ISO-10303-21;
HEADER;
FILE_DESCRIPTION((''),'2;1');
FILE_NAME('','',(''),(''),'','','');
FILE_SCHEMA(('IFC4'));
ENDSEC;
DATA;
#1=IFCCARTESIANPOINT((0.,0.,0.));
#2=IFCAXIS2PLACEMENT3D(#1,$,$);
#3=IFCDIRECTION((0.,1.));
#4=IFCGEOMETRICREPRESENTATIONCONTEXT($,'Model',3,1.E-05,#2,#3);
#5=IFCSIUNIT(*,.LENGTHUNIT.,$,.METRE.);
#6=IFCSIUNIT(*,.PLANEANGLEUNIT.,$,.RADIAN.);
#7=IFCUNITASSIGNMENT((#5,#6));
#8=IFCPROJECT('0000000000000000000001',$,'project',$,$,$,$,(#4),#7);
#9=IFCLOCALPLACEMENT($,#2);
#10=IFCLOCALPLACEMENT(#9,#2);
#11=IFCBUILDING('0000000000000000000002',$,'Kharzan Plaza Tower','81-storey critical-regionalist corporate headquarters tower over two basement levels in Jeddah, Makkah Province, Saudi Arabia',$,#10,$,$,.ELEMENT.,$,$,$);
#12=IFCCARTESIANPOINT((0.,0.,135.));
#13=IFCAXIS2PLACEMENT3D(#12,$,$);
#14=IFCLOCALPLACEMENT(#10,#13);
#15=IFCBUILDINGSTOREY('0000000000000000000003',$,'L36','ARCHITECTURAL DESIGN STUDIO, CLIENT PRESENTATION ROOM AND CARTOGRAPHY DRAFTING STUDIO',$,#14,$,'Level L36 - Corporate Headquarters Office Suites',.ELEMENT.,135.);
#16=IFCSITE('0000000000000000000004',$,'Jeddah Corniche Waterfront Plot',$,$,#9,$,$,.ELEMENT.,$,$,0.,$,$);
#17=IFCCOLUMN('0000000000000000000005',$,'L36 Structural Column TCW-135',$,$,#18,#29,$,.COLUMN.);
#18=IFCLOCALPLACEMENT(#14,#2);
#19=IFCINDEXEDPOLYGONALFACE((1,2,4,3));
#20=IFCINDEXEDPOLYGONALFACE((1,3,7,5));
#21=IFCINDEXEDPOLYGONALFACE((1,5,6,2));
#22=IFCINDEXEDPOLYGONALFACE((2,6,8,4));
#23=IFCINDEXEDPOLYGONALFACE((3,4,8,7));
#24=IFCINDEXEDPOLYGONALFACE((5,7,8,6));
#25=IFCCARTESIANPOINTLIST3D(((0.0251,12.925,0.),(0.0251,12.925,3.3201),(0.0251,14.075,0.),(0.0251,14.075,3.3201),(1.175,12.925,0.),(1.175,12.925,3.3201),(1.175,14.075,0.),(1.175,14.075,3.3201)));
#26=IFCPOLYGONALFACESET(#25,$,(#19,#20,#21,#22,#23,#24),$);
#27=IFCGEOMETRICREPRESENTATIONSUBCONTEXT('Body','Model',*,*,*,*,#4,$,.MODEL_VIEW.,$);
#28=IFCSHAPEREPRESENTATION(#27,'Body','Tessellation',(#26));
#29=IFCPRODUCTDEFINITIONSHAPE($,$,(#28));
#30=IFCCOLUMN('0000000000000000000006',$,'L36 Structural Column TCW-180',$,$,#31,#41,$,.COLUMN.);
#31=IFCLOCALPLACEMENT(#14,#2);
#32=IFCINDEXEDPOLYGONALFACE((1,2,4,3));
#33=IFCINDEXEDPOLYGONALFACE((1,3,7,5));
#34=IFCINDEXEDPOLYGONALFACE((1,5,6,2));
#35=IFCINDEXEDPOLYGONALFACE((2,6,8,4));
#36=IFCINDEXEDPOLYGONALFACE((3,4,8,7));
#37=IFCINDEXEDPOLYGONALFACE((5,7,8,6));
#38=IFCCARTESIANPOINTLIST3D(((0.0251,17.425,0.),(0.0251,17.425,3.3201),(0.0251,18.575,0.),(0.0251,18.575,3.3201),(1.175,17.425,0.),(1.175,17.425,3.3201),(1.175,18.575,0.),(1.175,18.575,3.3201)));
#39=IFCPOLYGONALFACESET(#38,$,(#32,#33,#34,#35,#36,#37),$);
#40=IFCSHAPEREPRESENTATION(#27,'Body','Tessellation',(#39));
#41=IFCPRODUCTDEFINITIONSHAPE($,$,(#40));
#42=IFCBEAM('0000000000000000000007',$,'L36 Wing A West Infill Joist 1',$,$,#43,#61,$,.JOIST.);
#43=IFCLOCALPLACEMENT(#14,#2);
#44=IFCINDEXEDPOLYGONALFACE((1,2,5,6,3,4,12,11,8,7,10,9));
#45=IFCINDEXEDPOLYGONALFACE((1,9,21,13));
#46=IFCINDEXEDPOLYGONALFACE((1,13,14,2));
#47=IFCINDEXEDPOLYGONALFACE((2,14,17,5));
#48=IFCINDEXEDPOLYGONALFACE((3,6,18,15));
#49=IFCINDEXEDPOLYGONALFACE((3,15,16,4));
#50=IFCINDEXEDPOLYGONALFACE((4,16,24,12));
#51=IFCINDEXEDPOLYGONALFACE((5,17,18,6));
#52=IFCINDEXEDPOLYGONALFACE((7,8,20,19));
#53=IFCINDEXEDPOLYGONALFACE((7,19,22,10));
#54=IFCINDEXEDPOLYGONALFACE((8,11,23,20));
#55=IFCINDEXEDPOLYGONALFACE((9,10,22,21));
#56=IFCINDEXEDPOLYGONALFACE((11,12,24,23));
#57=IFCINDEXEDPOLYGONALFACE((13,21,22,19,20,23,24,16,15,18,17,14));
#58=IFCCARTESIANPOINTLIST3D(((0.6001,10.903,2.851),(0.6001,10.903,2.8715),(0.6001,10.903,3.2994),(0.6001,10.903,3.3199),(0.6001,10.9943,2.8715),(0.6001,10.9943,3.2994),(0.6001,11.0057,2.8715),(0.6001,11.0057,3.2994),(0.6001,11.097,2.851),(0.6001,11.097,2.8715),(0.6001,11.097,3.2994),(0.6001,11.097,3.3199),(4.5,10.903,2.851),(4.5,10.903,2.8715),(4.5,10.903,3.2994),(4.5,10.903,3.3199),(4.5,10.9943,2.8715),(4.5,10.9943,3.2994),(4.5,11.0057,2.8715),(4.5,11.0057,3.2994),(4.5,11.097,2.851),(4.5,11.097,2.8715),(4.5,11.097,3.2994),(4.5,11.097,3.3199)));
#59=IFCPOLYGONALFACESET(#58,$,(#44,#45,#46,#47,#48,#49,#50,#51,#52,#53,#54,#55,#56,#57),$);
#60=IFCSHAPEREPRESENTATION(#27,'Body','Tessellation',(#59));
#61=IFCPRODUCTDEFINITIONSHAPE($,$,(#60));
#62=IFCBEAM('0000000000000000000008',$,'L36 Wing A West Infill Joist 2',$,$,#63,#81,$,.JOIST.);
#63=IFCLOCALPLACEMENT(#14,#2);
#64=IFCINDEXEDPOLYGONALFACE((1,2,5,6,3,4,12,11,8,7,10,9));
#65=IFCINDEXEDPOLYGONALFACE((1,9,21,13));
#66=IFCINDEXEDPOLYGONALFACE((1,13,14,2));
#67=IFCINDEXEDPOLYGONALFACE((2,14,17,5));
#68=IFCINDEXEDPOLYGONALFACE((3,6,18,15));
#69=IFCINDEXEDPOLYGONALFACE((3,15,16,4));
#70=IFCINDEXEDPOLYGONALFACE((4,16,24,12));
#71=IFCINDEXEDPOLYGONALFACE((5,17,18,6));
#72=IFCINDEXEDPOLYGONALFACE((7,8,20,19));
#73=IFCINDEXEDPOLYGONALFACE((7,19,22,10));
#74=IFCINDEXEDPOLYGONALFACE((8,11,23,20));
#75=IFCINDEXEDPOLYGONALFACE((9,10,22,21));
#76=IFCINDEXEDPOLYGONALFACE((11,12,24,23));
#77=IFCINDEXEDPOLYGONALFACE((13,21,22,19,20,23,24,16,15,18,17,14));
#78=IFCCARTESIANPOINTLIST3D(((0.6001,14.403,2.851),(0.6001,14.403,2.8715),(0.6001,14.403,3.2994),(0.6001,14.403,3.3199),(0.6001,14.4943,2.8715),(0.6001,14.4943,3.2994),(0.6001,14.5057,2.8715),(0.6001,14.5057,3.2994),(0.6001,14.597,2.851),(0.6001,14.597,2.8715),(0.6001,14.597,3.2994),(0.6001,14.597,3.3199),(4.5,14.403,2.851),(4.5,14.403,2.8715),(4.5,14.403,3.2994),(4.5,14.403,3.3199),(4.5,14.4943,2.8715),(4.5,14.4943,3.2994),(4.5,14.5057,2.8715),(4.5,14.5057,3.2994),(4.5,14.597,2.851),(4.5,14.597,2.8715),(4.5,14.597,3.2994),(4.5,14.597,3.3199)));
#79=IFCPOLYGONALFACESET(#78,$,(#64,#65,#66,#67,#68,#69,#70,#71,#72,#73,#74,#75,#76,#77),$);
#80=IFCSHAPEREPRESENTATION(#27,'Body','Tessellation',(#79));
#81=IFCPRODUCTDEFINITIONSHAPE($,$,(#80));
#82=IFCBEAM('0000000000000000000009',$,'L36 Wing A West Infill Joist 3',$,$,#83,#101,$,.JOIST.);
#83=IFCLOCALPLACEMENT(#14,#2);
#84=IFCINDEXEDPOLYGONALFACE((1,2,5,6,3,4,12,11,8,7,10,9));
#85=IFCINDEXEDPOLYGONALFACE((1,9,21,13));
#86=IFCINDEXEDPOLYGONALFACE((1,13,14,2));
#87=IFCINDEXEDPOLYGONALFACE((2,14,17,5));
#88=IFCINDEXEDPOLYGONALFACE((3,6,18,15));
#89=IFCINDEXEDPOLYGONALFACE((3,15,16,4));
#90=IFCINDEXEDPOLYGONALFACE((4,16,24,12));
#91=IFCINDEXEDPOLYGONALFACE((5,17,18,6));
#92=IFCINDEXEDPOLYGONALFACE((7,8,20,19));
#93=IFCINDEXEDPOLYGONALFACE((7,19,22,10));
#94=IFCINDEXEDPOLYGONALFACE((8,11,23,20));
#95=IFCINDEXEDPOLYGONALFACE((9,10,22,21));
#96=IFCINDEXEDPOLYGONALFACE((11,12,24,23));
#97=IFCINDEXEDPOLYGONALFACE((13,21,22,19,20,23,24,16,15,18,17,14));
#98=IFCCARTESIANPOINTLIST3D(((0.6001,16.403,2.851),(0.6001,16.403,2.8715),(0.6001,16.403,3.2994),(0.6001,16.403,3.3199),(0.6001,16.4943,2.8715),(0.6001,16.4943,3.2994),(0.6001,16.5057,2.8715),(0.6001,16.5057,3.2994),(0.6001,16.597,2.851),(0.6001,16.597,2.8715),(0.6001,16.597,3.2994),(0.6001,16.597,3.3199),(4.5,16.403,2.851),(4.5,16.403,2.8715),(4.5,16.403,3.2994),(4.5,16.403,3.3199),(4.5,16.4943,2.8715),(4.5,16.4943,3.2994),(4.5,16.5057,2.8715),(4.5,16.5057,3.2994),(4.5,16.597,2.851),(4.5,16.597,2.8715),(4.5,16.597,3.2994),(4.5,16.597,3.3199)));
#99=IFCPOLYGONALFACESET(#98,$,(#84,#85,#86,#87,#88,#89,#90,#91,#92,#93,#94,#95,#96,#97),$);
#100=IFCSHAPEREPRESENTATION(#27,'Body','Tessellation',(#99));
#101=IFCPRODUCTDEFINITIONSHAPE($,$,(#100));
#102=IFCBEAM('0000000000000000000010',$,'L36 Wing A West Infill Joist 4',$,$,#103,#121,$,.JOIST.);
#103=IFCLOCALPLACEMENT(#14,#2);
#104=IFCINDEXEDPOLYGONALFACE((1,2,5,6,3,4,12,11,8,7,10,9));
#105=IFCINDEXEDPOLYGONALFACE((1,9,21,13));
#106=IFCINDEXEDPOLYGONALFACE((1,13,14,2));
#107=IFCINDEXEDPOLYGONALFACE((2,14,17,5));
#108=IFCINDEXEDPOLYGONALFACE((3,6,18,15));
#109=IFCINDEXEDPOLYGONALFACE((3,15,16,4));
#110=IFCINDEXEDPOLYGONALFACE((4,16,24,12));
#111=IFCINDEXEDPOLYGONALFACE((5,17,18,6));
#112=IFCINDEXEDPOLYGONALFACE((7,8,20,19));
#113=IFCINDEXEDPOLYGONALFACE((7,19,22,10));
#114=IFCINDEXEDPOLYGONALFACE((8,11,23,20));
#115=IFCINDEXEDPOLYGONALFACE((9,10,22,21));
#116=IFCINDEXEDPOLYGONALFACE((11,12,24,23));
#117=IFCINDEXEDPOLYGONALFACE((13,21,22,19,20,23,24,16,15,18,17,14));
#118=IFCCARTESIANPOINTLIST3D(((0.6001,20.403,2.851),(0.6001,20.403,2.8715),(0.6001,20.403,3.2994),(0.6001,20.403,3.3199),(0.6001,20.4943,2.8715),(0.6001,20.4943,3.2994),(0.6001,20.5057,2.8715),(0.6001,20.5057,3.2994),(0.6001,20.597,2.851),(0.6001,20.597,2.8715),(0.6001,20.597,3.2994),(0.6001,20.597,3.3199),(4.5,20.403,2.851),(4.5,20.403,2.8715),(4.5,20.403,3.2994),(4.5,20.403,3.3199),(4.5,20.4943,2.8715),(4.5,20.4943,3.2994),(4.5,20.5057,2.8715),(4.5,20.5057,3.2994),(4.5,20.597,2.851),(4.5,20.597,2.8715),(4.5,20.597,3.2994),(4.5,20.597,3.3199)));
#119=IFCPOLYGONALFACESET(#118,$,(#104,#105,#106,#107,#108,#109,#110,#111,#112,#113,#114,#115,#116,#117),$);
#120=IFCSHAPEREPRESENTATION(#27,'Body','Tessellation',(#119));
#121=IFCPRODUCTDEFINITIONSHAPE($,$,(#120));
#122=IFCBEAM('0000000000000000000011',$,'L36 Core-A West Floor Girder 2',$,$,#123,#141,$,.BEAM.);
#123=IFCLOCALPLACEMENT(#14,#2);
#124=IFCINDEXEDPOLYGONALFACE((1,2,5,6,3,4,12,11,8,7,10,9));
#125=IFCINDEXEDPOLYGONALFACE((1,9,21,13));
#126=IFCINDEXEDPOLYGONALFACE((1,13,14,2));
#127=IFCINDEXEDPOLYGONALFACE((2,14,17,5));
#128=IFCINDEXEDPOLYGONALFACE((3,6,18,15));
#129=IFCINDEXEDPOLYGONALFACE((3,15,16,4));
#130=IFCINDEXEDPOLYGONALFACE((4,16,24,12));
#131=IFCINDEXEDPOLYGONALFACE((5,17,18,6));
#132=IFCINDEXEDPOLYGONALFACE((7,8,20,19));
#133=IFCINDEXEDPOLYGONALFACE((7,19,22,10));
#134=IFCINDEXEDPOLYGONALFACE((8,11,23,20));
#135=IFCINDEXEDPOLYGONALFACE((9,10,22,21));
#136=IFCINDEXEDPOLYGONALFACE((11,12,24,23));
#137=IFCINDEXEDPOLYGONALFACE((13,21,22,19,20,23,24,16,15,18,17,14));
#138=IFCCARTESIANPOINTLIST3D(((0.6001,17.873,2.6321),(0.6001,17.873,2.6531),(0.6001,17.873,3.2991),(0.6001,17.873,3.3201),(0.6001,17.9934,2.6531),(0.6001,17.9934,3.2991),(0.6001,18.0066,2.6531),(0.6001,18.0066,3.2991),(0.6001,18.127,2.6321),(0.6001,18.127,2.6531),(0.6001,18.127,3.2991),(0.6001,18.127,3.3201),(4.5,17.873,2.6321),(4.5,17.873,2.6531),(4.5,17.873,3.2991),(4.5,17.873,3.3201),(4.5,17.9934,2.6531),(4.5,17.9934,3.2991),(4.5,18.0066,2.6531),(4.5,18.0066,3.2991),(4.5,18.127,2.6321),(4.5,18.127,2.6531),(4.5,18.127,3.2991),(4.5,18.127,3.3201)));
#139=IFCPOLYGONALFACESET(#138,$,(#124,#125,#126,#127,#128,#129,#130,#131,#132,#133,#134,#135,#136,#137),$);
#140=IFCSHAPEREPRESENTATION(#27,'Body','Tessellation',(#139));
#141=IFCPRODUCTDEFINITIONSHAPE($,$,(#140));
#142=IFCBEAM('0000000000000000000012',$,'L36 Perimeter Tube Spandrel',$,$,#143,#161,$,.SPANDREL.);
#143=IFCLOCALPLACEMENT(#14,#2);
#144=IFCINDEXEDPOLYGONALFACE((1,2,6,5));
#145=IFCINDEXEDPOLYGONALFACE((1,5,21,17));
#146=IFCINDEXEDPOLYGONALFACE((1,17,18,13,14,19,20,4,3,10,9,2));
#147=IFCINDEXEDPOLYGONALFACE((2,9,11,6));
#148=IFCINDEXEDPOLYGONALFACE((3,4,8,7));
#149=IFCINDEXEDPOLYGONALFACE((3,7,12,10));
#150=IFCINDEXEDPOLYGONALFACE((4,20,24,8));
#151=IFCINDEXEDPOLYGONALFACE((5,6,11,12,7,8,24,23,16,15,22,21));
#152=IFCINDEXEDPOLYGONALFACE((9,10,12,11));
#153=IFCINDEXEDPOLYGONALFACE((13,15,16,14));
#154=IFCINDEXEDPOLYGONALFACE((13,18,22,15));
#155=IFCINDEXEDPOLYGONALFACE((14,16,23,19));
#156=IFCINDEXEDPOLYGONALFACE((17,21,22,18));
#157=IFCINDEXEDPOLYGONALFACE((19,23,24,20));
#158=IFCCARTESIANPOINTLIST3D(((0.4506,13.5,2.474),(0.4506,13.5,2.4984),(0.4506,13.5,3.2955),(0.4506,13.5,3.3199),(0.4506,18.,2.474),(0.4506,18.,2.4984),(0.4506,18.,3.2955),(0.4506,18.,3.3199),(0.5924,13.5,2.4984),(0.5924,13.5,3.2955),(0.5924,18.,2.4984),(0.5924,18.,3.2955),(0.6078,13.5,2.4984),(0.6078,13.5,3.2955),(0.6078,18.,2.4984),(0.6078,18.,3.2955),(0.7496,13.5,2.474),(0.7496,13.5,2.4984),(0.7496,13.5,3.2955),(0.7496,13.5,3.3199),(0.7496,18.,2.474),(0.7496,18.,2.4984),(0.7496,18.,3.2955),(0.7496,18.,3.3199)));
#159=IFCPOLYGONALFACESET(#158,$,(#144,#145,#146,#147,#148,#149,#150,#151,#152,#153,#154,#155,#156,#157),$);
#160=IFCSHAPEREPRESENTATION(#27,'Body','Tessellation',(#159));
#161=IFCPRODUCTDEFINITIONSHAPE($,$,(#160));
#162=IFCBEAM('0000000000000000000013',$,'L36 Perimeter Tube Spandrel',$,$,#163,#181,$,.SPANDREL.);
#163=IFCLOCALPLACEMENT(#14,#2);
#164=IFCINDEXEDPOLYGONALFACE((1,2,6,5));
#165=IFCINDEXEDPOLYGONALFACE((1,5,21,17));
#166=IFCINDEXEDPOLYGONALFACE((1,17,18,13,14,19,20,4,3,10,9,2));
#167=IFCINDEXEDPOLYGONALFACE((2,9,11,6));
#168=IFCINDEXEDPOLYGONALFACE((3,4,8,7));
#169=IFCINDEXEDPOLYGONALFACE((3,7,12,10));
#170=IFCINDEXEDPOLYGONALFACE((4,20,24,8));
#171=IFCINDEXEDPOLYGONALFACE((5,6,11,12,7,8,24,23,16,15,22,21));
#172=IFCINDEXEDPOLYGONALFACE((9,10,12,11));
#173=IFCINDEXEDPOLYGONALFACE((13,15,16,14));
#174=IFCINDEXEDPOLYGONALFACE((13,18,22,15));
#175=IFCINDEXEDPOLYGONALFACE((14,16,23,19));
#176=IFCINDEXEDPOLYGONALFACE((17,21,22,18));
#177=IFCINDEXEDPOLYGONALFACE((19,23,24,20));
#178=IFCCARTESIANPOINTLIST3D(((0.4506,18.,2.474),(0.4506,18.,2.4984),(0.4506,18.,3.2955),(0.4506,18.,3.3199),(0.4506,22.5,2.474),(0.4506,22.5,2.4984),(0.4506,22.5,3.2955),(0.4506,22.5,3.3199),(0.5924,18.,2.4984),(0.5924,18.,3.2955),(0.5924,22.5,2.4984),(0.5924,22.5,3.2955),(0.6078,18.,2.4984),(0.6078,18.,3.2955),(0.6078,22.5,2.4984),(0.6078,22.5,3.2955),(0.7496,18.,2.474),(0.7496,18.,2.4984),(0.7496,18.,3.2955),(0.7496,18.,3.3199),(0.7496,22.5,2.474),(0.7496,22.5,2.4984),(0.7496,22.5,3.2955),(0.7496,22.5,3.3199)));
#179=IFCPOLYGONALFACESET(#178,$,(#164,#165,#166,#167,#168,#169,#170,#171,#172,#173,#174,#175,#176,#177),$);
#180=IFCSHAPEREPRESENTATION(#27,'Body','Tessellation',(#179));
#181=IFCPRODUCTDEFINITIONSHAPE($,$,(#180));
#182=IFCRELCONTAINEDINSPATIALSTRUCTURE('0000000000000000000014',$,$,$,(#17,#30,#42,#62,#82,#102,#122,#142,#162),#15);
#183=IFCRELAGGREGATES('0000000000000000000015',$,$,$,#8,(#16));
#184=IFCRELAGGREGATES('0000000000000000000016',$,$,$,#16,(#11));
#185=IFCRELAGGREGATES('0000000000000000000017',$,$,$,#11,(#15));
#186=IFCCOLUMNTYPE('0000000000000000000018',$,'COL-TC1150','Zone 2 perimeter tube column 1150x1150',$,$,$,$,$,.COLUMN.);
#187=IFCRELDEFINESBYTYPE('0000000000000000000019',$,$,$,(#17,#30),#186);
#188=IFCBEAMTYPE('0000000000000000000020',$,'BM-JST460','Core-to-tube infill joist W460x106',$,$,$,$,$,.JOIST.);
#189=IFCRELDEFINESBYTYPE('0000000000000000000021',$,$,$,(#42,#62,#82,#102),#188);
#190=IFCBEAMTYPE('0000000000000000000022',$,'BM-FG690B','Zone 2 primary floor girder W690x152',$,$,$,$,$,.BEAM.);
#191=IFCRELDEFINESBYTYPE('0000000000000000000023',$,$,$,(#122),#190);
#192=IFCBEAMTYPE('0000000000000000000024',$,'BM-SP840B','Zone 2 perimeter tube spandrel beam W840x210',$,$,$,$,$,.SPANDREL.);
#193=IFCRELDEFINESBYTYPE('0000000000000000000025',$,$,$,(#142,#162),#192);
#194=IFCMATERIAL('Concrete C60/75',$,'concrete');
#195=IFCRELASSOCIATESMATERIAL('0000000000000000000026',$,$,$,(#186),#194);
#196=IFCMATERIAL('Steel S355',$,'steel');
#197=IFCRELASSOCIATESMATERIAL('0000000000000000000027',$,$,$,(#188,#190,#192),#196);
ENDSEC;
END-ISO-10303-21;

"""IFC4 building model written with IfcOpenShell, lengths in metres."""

from ifc_helpers import new_model, si_unit, direction, frame, origin, origin_2d, place, context, subcontext, project, spatial, rectangle, i_section, extrude, source, transform, mapped, material, material_profile, profile_set, type_object, element, save


model = new_model("IFC4")

# Units and contexts
model_context = context("Model", 3, precision=1e-05, world=origin(), true_north=direction((0.0, 1.0)))
body_context = subcontext(model_context, "Body", "Model", "MODEL_VIEW")
ifc_project = project(units=[si_unit("LENGTHUNIT", "METRE"), si_unit("PLANEANGLEUNIT", "RADIAN")], contexts=[model_context])

# Site, building, storey
site_placement = place(None, origin())
site = spatial("IfcSite", under=ifc_project, at=site_placement, Name="Jeddah Corniche Waterfront Plot", CompositionType="ELEMENT", RefElevation=0.0)
building_placement = place(site_placement, origin())
building = spatial("IfcBuilding", under=site, at=building_placement, Name="Kharzan Plaza Tower", Description="81-storey critical-regionalist corporate headquarters tower over two basement levels in Jeddah, Makkah Province, Saudi Arabia", CompositionType="ELEMENT")
storey_placement = place(building_placement, frame((0.0, 0.0, 135.0)))
storey = spatial("IfcBuildingStorey", under=building, at=storey_placement, Name="L36", Description="ARCHITECTURAL DESIGN STUDIO, CLIENT PRESENTATION ROOM AND CARTOGRAPHY DRAFTING STUDIO", LongName="Level L36 - Corporate Headquarters Office Suites", CompositionType="ELEMENT", Elevation=135.0)

# Columns
ifc_material_1 = material(Name="Concrete C60/75", Category="concrete")
ifc_material_profile_1 = material_profile(ifc_material_1, rectangle(XDim=1.1499, YDim=1.1499, at=origin_2d()), Name="RC-TC1150x1150")
ifc_profile_set_1 = profile_set([ifc_material_profile_1], Name="Concrete C60/75")
column_type = type_object("IfcColumnType", Name="COL-TC1150", Description="Zone 2 perimeter tube column 1150x1150", PredefinedType="COLUMN", material=ifc_profile_set_1)
shared_shape_1 = source(origin(), body_context, "Body", "SweptSolid", [
    extrude(rectangle(XDim=1.1499, YDim=1.1499, at=origin_2d()), origin(), (0.0, 0.0, 1.0), 3.3201),
])
for number, where, z_axis, x_axis, name in (
    (1, (0.6001, 13.5, 0.0), (0.0, 0.0, 1.0), (1.0, 0.0, 0.0), "L36 Structural Column TCW-135"),
    (2, (0.6001, 18.0, 0.0), (0.0, 0.0, 1.0), (1.0, 0.0, 0.0), "L36 Structural Column TCW-180"),
):
    element("IfcColumn", number, at=place(storey_placement, frame(where, z_axis=z_axis, x_axis=x_axis)), inside=storey, type_object=column_type, Name=name, PredefinedType="COLUMN", context=body_context, shape_type="MappedRepresentation", body=[
        mapped(shared_shape_1, transform((0.0, 0.0, 0.0), x_axis=(1.0, 0.0, 0.0), y_axis=(0.0, 1.0, 0.0), z_axis=(0.0, 0.0, 1.0))),
    ])

# Beams
ifc_material_2 = material(Name="Steel S355", Category="steel")
ifc_material_profile_2 = material_profile(ifc_material_2, i_section(OverallWidth=0.1941, OverallDepth=0.469, WebThickness=0.0115, FlangeThickness=0.0205, at=origin_2d()), Name="W460x106")
ifc_profile_set_2 = profile_set([ifc_material_profile_2], Name="Steel S355")
beam_type_1 = type_object("IfcBeamType", Name="BM-JST460", Description="Core-to-tube infill joist W460x106", PredefinedType="JOIST", material=ifc_profile_set_2)
shared_shape_2 = source(origin(), body_context, "Body", "SweptSolid", [
    extrude(i_section(OverallWidth=0.1941, OverallDepth=0.469, WebThickness=0.0115, FlangeThickness=0.0205, at=origin_2d()), origin(), (0.0, 0.0, 1.0), 3.8999),
])
for number, where, z_axis, x_axis, name in (
    (3, (0.6001, 11.0, 3.0854), (1.0, 0.0, 0.0), (0.0, 1.0, 0.0), "L36 Wing A West Infill Joist 1"),
    (4, (0.6001, 14.5, 3.0854), (1.0, 0.0, 0.0), (0.0, 1.0, 0.0), "L36 Wing A West Infill Joist 2"),
    (5, (0.6001, 16.5, 3.0854), (1.0, 0.0, 0.0), (0.0, 1.0, 0.0), "L36 Wing A West Infill Joist 3"),
    (6, (0.6001, 20.5, 3.0854), (1.0, 0.0, 0.0), (0.0, 1.0, 0.0), "L36 Wing A West Infill Joist 4"),
):
    element("IfcBeam", number, at=place(storey_placement, frame(where, z_axis=z_axis, x_axis=x_axis)), inside=storey, type_object=beam_type_1, Name=name, PredefinedType="JOIST", context=body_context, shape_type="MappedRepresentation", body=[
        mapped(shared_shape_2, transform((0.0, 0.0, 0.0), x_axis=(1.0, 0.0, 0.0), y_axis=(0.0, 1.0, 0.0), z_axis=(0.0, 0.0, 1.0))),
    ])
ifc_material_profile_3 = material_profile(ifc_material_2, i_section(OverallWidth=0.2539, OverallDepth=0.688, WebThickness=0.0132, FlangeThickness=0.021, at=origin_2d()), Name="W690x152")
ifc_profile_set_3 = profile_set([ifc_material_profile_3], Name="Steel S355")
beam_type_2 = type_object("IfcBeamType", Name="BM-FG690B", Description="Zone 2 primary floor girder W690x152", PredefinedType="BEAM", material=ifc_profile_set_3)
shared_shape_3 = source(origin(), body_context, "Body", "SweptSolid", [
    extrude(i_section(OverallWidth=0.2539, OverallDepth=0.688, WebThickness=0.0132, FlangeThickness=0.021, at=origin_2d()), origin(), (0.0, 0.0, 1.0), 3.8999),
])
beam_placement = place(storey_placement, frame((0.6001, 18.0, 2.9761), z_axis=(1.0, 0.0, 0.0), x_axis=(0.0, 1.0, 0.0)))
element("IfcBeam", 7, at=beam_placement, inside=storey, type_object=beam_type_2, Name="L36 Core-A West Floor Girder 2", PredefinedType="BEAM", context=body_context, shape_type="MappedRepresentation", body=[
    mapped(shared_shape_3, transform((0.0, 0.0, 0.0), x_axis=(1.0, 0.0, 0.0), y_axis=(0.0, 1.0, 0.0), z_axis=(0.0, 0.0, 1.0))),
])
ifc_material_profile_4 = material_profile(ifc_material_2, i_section(OverallWidth=0.2991, OverallDepth=0.8459, WebThickness=0.0154, FlangeThickness=0.0244, at=origin_2d()), Name="W840x210")
ifc_profile_set_4 = profile_set([ifc_material_profile_4], Name="Steel S355")
beam_type_3 = type_object("IfcBeamType", Name="BM-SP840B", Description="Zone 2 perimeter tube spandrel beam W840x210", PredefinedType="SPANDREL", material=ifc_profile_set_4)
shared_shape_4 = source(origin(), body_context, "Body", "SweptSolid", [
    extrude(i_section(OverallWidth=0.2991, OverallDepth=0.8459, WebThickness=0.0154, FlangeThickness=0.0244, at=origin_2d()), origin(), (0.0, 0.0, 1.0), 4.5),
])
for number, where, z_axis, x_axis, name in (
    (8, (0.6001, 13.5, 2.897), (0.0, 1.0, 0.0), (-1.0, 0.0, 0.0), "L36 Perimeter Tube Spandrel"),
    (9, (0.6001, 18.0, 2.897), (0.0, 1.0, 0.0), (-1.0, 0.0, 0.0), "L36 Perimeter Tube Spandrel"),
):
    element("IfcBeam", number, at=place(storey_placement, frame(where, z_axis=z_axis, x_axis=x_axis)), inside=storey, type_object=beam_type_3, Name=name, PredefinedType="SPANDREL", context=body_context, shape_type="MappedRepresentation", body=[
        mapped(shared_shape_4, transform((0.0, 0.0, 0.0), x_axis=(1.0, 0.0, 0.0), y_axis=(0.0, 1.0, 0.0), z_axis=(0.0, 0.0, 1.0))),
    ])

save(model, "model.ifc")
